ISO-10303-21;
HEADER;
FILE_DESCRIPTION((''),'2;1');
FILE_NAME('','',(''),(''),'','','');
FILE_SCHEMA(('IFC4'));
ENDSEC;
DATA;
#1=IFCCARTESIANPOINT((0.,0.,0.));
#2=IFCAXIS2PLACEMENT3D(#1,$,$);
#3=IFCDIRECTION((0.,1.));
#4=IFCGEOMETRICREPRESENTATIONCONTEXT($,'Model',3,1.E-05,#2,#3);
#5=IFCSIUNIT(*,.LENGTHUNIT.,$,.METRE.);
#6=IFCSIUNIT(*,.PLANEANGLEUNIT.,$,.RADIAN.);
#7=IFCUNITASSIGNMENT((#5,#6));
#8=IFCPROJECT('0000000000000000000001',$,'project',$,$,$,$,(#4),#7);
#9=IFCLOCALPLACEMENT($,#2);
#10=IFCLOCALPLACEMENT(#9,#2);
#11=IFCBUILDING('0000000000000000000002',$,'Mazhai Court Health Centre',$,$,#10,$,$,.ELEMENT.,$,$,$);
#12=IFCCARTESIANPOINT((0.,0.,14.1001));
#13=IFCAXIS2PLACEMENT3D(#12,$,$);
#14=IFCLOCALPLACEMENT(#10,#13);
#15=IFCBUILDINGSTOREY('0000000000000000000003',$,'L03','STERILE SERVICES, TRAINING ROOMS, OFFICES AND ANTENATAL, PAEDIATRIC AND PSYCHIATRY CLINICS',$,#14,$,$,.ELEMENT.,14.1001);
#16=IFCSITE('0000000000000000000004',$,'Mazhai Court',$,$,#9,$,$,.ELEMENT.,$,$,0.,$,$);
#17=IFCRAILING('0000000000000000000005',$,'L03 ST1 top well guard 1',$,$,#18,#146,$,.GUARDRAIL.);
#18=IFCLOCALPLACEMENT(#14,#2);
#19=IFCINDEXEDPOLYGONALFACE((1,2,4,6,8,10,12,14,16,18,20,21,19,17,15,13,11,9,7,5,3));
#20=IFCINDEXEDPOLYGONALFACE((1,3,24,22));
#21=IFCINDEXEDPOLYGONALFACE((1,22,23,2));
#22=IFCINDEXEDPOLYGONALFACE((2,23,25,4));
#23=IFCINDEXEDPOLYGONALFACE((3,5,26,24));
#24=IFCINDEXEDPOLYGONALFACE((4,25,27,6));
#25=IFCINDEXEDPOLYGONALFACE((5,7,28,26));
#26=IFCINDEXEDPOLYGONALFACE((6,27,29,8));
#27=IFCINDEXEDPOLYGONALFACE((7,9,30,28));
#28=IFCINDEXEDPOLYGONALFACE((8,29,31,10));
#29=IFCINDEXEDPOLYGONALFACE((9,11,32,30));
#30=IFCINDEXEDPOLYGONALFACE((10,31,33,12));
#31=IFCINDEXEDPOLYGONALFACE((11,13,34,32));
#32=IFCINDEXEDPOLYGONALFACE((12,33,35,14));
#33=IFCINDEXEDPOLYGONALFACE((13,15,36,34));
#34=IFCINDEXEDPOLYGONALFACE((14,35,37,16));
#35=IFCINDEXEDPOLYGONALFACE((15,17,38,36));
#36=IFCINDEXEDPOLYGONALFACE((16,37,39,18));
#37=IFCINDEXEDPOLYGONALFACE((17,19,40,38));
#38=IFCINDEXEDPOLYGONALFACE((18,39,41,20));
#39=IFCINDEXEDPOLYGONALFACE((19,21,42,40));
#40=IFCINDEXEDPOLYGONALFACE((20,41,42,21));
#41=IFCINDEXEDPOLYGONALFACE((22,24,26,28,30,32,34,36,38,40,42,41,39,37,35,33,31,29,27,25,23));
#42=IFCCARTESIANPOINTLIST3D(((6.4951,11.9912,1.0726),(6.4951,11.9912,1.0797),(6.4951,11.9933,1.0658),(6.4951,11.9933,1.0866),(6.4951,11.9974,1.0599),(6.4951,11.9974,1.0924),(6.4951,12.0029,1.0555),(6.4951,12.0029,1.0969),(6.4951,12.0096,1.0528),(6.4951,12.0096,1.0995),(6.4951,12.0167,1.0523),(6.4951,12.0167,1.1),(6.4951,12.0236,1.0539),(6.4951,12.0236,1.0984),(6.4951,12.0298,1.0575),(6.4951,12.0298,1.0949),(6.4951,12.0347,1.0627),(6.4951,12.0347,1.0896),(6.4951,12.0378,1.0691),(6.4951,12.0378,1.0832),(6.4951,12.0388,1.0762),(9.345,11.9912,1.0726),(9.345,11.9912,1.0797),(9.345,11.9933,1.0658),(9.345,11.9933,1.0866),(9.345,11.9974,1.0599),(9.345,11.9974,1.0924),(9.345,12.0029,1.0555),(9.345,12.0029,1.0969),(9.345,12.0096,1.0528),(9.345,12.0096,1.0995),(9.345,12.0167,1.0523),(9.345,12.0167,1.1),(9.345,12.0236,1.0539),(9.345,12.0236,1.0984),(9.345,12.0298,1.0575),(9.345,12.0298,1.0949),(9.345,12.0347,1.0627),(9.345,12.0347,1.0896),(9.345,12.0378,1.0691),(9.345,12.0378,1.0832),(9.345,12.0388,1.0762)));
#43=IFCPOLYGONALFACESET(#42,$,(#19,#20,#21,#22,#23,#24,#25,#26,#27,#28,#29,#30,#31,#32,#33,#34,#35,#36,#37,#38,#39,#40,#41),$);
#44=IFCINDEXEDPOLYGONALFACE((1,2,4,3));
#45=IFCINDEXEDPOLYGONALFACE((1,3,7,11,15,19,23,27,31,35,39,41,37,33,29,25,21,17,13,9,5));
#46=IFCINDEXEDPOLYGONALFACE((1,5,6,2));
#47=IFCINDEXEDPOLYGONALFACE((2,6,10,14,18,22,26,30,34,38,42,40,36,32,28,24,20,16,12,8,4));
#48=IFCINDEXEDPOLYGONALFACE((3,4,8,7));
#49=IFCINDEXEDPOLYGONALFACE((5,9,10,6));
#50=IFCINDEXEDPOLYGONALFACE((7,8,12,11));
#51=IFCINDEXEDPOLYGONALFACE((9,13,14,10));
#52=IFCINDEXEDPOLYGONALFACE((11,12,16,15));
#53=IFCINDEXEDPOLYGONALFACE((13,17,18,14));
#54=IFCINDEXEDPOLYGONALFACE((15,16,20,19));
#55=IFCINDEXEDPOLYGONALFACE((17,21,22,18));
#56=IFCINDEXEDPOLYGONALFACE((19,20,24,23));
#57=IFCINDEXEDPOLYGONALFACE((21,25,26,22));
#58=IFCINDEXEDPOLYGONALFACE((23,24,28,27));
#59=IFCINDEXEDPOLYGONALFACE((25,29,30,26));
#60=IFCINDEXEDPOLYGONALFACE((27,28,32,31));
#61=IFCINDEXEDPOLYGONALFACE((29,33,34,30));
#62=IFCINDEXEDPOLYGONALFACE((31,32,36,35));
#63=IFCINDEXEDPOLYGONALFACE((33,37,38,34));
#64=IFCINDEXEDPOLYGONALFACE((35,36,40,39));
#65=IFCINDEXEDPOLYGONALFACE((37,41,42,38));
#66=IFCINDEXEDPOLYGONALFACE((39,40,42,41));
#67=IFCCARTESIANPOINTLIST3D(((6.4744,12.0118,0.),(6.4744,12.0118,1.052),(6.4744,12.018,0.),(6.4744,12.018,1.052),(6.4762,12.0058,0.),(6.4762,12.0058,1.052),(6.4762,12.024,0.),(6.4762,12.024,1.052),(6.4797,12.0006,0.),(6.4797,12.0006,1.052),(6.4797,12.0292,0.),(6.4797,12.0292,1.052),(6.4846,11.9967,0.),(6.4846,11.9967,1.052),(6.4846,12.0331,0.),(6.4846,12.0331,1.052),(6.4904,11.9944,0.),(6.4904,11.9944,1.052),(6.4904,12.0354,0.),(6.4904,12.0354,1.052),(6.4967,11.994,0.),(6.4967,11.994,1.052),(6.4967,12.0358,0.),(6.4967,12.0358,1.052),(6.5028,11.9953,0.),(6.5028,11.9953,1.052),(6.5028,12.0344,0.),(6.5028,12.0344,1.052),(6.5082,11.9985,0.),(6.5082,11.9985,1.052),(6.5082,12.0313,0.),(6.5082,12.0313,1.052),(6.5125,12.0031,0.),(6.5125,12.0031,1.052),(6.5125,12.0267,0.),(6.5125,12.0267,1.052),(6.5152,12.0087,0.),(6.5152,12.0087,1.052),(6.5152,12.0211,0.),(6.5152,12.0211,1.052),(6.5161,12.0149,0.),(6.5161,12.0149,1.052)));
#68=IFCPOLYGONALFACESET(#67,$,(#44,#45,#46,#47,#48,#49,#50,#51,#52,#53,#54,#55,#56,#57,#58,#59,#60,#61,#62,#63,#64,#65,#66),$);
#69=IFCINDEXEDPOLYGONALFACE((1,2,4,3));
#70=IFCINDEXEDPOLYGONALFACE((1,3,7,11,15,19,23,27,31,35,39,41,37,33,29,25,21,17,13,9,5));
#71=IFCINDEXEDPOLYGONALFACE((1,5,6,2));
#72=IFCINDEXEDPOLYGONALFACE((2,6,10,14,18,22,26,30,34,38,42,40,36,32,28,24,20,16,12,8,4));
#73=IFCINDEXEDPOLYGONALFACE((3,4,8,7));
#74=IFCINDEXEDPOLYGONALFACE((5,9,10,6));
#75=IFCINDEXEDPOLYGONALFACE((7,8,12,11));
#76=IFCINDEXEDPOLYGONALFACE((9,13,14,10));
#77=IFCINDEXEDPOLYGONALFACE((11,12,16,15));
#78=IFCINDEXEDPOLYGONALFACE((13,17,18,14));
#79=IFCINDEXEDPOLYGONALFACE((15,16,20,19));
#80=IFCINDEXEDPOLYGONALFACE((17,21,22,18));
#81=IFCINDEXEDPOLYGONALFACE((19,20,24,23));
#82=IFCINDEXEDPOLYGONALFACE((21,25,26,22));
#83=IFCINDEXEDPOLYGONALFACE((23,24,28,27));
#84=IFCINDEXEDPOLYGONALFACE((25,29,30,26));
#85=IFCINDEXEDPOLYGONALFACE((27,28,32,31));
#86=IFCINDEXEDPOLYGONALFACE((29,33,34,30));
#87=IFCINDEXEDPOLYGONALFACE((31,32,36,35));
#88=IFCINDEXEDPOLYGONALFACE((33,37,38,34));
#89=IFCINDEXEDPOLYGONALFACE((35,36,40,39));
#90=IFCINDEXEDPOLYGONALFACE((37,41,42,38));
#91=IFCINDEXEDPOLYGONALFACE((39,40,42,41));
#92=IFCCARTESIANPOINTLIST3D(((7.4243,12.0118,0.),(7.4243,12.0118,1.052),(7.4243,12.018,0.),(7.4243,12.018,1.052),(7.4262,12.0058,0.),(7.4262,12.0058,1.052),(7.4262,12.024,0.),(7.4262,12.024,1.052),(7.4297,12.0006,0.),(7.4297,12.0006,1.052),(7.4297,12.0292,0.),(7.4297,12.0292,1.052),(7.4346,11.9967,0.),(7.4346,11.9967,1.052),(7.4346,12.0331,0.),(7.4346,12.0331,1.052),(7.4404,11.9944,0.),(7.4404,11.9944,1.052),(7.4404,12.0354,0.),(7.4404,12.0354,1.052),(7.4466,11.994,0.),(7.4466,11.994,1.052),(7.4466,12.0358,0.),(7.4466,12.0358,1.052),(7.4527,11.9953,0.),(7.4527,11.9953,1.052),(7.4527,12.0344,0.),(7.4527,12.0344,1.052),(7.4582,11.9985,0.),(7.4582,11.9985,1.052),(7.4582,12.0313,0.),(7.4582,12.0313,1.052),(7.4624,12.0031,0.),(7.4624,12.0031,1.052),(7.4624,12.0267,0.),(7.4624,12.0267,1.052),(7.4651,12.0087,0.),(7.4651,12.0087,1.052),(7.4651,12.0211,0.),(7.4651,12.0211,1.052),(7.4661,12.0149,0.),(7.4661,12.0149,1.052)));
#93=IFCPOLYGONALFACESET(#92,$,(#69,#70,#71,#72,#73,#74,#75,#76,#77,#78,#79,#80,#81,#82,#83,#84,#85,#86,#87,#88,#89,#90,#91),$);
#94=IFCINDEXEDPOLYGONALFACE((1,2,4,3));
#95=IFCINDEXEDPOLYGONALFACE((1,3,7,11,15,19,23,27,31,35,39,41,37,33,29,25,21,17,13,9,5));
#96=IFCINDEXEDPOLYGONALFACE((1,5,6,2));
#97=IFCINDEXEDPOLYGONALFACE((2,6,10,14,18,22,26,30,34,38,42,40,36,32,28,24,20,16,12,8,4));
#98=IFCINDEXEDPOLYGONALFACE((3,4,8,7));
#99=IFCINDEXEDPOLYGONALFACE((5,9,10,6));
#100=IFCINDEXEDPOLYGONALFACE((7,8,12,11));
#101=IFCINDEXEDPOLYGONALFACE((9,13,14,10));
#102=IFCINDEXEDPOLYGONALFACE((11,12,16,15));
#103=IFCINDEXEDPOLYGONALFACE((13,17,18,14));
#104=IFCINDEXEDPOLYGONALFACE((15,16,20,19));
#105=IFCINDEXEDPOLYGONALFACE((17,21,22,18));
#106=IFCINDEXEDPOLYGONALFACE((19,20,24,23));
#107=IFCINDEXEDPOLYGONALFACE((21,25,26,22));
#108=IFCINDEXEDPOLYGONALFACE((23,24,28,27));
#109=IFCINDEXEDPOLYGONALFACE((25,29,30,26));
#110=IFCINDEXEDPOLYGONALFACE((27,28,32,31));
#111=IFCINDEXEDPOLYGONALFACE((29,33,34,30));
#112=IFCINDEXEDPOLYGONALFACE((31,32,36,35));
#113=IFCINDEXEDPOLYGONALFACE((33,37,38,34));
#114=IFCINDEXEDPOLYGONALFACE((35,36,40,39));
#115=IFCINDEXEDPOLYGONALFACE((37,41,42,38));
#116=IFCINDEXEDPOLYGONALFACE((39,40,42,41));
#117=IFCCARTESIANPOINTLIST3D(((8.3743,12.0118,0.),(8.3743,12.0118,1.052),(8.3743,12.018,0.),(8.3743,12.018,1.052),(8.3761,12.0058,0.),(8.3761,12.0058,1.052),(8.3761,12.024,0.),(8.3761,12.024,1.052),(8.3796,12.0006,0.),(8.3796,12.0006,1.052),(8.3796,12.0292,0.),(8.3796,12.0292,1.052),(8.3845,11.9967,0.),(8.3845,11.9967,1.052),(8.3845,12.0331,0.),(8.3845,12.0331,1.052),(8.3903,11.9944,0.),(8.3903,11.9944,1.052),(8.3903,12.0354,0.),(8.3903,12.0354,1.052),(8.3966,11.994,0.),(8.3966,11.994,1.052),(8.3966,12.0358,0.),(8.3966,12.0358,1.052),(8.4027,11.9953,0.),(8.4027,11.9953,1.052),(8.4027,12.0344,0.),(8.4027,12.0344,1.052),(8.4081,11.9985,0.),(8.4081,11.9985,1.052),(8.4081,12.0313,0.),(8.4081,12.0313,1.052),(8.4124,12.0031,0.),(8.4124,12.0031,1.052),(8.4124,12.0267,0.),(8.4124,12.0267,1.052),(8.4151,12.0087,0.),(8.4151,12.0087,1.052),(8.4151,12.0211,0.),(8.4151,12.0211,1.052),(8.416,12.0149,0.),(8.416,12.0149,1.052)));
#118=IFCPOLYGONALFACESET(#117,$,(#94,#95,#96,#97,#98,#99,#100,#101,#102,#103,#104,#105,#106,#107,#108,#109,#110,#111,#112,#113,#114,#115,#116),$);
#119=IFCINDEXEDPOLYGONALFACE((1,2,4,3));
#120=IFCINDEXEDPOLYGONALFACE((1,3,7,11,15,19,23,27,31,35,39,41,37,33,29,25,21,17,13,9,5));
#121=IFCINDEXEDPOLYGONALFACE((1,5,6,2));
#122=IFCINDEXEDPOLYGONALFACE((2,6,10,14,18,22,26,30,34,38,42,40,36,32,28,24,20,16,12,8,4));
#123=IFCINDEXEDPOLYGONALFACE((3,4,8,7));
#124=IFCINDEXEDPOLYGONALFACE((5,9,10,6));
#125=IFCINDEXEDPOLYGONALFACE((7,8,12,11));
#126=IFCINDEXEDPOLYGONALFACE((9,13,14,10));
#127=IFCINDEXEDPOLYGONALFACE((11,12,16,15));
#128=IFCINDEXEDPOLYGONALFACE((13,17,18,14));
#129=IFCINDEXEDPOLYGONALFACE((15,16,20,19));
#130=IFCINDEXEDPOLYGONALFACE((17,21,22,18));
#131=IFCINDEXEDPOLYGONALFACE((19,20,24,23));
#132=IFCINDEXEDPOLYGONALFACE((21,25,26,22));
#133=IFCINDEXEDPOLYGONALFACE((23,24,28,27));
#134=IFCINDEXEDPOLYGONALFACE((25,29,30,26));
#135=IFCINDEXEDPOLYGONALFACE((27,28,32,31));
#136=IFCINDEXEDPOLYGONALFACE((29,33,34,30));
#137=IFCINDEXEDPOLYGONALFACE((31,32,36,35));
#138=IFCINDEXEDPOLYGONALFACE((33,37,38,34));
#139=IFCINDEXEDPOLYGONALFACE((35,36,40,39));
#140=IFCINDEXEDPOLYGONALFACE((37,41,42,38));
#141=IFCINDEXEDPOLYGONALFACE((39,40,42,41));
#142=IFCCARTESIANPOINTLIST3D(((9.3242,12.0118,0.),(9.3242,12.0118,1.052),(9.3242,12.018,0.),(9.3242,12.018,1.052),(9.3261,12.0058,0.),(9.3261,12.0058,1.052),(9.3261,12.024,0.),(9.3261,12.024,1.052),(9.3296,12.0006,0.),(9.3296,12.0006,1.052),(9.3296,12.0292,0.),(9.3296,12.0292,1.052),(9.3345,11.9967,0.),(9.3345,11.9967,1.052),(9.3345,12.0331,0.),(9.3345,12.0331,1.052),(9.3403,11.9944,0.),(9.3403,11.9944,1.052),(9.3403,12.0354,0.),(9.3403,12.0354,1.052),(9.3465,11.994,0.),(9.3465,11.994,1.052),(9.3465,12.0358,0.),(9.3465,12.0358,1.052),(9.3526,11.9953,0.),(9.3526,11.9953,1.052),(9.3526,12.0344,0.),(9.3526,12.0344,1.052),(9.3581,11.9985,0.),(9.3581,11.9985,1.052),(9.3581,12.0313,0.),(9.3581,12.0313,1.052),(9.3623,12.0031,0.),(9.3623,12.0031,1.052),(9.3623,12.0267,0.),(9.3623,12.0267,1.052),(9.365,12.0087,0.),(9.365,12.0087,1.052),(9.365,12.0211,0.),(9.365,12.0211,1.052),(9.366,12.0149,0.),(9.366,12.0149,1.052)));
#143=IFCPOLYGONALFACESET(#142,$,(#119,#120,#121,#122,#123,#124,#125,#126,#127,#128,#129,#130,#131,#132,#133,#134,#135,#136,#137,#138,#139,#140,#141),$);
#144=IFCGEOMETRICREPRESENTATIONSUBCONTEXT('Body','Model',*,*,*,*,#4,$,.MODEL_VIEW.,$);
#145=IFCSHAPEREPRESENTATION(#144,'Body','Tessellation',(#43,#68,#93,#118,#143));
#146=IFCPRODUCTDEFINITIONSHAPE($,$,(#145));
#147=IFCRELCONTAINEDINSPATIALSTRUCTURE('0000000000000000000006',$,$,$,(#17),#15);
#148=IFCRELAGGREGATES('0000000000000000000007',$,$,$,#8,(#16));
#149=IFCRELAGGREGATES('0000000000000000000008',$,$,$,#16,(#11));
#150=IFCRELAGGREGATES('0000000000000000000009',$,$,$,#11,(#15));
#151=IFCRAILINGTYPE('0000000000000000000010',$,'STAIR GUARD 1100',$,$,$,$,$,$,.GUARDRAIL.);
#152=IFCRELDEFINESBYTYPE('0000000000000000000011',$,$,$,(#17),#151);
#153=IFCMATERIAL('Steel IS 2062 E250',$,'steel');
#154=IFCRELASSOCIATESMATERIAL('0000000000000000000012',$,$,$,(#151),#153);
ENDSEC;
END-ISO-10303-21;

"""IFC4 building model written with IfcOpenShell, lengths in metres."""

from ifc_helpers import new_model, si_unit, direction, frame, origin, origin_2d, place, context, subcontext, project, spatial, circle, extrude, material, type_object, element, save


model = new_model("IFC4")

# Units and contexts
model_context = context("Model", 3, precision=1e-05, world=origin(), true_north=direction((0.0, 1.0)))
body_context = subcontext(model_context, "Body", "Model", "MODEL_VIEW")
ifc_project = project(units=[si_unit("LENGTHUNIT", "METRE"), si_unit("PLANEANGLEUNIT", "RADIAN")], contexts=[model_context])

# Site, building, storey
site_placement = place(None, origin())
site = spatial("IfcSite", under=ifc_project, at=site_placement, Name="Mazhai Court", CompositionType="ELEMENT", RefElevation=0.0)
building_placement = place(site_placement, origin())
building = spatial("IfcBuilding", under=site, at=building_placement, Name="Mazhai Court Health Centre", CompositionType="ELEMENT")
storey_placement = place(building_placement, frame((0.0, 0.0, 14.1001)))
storey = spatial("IfcBuildingStorey", under=building, at=storey_placement, Name="L03", Description="STERILE SERVICES, TRAINING ROOMS, OFFICES AND ANTENATAL, PAEDIATRIC AND PSYCHIATRY CLINICS", CompositionType="ELEMENT", Elevation=14.1001)

# Railing
ifc_material_1 = material(Name="Steel IS 2062 E250", Category="steel")
railing_type = type_object("IfcRailingType", Name="STAIR GUARD 1100", PredefinedType="GUARDRAIL", material=ifc_material_1)
railing_placement = place(storey_placement, frame((6.4951, 12.0149, 0.0)))
element("IfcRailing", 1, at=railing_placement, inside=storey, type_object=railing_type, Name="L03 ST1 top well guard 1", PredefinedType="GUARDRAIL", context=body_context, shape_type="SweptSolid", body=[
    extrude(circle(Radius=0.0239, at=origin_2d()), frame((0.0, 0.0, 1.0762), z_axis=(1.0, 0.0, 0.0), x_axis=(0.0, 1.0, 0.0)), (0.0, 0.0, 1.0), 2.8499),
    extrude(circle(Radius=0.021, at=origin_2d()), origin(), (0.0, 0.0, 1.0), 1.052),
    extrude(circle(Radius=0.021, at=origin_2d()), frame((0.95, 0.0, 0.0)), (0.0, 0.0, 1.0), 1.052),
    extrude(circle(Radius=0.021, at=origin_2d()), frame((1.8999, 0.0, 0.0)), (0.0, 0.0, 1.0), 1.052),
    extrude(circle(Radius=0.021, at=origin_2d()), frame((2.8499, 0.0, 0.0)), (0.0, 0.0, 1.0), 1.052),
])

save(model, "model.ifc")
